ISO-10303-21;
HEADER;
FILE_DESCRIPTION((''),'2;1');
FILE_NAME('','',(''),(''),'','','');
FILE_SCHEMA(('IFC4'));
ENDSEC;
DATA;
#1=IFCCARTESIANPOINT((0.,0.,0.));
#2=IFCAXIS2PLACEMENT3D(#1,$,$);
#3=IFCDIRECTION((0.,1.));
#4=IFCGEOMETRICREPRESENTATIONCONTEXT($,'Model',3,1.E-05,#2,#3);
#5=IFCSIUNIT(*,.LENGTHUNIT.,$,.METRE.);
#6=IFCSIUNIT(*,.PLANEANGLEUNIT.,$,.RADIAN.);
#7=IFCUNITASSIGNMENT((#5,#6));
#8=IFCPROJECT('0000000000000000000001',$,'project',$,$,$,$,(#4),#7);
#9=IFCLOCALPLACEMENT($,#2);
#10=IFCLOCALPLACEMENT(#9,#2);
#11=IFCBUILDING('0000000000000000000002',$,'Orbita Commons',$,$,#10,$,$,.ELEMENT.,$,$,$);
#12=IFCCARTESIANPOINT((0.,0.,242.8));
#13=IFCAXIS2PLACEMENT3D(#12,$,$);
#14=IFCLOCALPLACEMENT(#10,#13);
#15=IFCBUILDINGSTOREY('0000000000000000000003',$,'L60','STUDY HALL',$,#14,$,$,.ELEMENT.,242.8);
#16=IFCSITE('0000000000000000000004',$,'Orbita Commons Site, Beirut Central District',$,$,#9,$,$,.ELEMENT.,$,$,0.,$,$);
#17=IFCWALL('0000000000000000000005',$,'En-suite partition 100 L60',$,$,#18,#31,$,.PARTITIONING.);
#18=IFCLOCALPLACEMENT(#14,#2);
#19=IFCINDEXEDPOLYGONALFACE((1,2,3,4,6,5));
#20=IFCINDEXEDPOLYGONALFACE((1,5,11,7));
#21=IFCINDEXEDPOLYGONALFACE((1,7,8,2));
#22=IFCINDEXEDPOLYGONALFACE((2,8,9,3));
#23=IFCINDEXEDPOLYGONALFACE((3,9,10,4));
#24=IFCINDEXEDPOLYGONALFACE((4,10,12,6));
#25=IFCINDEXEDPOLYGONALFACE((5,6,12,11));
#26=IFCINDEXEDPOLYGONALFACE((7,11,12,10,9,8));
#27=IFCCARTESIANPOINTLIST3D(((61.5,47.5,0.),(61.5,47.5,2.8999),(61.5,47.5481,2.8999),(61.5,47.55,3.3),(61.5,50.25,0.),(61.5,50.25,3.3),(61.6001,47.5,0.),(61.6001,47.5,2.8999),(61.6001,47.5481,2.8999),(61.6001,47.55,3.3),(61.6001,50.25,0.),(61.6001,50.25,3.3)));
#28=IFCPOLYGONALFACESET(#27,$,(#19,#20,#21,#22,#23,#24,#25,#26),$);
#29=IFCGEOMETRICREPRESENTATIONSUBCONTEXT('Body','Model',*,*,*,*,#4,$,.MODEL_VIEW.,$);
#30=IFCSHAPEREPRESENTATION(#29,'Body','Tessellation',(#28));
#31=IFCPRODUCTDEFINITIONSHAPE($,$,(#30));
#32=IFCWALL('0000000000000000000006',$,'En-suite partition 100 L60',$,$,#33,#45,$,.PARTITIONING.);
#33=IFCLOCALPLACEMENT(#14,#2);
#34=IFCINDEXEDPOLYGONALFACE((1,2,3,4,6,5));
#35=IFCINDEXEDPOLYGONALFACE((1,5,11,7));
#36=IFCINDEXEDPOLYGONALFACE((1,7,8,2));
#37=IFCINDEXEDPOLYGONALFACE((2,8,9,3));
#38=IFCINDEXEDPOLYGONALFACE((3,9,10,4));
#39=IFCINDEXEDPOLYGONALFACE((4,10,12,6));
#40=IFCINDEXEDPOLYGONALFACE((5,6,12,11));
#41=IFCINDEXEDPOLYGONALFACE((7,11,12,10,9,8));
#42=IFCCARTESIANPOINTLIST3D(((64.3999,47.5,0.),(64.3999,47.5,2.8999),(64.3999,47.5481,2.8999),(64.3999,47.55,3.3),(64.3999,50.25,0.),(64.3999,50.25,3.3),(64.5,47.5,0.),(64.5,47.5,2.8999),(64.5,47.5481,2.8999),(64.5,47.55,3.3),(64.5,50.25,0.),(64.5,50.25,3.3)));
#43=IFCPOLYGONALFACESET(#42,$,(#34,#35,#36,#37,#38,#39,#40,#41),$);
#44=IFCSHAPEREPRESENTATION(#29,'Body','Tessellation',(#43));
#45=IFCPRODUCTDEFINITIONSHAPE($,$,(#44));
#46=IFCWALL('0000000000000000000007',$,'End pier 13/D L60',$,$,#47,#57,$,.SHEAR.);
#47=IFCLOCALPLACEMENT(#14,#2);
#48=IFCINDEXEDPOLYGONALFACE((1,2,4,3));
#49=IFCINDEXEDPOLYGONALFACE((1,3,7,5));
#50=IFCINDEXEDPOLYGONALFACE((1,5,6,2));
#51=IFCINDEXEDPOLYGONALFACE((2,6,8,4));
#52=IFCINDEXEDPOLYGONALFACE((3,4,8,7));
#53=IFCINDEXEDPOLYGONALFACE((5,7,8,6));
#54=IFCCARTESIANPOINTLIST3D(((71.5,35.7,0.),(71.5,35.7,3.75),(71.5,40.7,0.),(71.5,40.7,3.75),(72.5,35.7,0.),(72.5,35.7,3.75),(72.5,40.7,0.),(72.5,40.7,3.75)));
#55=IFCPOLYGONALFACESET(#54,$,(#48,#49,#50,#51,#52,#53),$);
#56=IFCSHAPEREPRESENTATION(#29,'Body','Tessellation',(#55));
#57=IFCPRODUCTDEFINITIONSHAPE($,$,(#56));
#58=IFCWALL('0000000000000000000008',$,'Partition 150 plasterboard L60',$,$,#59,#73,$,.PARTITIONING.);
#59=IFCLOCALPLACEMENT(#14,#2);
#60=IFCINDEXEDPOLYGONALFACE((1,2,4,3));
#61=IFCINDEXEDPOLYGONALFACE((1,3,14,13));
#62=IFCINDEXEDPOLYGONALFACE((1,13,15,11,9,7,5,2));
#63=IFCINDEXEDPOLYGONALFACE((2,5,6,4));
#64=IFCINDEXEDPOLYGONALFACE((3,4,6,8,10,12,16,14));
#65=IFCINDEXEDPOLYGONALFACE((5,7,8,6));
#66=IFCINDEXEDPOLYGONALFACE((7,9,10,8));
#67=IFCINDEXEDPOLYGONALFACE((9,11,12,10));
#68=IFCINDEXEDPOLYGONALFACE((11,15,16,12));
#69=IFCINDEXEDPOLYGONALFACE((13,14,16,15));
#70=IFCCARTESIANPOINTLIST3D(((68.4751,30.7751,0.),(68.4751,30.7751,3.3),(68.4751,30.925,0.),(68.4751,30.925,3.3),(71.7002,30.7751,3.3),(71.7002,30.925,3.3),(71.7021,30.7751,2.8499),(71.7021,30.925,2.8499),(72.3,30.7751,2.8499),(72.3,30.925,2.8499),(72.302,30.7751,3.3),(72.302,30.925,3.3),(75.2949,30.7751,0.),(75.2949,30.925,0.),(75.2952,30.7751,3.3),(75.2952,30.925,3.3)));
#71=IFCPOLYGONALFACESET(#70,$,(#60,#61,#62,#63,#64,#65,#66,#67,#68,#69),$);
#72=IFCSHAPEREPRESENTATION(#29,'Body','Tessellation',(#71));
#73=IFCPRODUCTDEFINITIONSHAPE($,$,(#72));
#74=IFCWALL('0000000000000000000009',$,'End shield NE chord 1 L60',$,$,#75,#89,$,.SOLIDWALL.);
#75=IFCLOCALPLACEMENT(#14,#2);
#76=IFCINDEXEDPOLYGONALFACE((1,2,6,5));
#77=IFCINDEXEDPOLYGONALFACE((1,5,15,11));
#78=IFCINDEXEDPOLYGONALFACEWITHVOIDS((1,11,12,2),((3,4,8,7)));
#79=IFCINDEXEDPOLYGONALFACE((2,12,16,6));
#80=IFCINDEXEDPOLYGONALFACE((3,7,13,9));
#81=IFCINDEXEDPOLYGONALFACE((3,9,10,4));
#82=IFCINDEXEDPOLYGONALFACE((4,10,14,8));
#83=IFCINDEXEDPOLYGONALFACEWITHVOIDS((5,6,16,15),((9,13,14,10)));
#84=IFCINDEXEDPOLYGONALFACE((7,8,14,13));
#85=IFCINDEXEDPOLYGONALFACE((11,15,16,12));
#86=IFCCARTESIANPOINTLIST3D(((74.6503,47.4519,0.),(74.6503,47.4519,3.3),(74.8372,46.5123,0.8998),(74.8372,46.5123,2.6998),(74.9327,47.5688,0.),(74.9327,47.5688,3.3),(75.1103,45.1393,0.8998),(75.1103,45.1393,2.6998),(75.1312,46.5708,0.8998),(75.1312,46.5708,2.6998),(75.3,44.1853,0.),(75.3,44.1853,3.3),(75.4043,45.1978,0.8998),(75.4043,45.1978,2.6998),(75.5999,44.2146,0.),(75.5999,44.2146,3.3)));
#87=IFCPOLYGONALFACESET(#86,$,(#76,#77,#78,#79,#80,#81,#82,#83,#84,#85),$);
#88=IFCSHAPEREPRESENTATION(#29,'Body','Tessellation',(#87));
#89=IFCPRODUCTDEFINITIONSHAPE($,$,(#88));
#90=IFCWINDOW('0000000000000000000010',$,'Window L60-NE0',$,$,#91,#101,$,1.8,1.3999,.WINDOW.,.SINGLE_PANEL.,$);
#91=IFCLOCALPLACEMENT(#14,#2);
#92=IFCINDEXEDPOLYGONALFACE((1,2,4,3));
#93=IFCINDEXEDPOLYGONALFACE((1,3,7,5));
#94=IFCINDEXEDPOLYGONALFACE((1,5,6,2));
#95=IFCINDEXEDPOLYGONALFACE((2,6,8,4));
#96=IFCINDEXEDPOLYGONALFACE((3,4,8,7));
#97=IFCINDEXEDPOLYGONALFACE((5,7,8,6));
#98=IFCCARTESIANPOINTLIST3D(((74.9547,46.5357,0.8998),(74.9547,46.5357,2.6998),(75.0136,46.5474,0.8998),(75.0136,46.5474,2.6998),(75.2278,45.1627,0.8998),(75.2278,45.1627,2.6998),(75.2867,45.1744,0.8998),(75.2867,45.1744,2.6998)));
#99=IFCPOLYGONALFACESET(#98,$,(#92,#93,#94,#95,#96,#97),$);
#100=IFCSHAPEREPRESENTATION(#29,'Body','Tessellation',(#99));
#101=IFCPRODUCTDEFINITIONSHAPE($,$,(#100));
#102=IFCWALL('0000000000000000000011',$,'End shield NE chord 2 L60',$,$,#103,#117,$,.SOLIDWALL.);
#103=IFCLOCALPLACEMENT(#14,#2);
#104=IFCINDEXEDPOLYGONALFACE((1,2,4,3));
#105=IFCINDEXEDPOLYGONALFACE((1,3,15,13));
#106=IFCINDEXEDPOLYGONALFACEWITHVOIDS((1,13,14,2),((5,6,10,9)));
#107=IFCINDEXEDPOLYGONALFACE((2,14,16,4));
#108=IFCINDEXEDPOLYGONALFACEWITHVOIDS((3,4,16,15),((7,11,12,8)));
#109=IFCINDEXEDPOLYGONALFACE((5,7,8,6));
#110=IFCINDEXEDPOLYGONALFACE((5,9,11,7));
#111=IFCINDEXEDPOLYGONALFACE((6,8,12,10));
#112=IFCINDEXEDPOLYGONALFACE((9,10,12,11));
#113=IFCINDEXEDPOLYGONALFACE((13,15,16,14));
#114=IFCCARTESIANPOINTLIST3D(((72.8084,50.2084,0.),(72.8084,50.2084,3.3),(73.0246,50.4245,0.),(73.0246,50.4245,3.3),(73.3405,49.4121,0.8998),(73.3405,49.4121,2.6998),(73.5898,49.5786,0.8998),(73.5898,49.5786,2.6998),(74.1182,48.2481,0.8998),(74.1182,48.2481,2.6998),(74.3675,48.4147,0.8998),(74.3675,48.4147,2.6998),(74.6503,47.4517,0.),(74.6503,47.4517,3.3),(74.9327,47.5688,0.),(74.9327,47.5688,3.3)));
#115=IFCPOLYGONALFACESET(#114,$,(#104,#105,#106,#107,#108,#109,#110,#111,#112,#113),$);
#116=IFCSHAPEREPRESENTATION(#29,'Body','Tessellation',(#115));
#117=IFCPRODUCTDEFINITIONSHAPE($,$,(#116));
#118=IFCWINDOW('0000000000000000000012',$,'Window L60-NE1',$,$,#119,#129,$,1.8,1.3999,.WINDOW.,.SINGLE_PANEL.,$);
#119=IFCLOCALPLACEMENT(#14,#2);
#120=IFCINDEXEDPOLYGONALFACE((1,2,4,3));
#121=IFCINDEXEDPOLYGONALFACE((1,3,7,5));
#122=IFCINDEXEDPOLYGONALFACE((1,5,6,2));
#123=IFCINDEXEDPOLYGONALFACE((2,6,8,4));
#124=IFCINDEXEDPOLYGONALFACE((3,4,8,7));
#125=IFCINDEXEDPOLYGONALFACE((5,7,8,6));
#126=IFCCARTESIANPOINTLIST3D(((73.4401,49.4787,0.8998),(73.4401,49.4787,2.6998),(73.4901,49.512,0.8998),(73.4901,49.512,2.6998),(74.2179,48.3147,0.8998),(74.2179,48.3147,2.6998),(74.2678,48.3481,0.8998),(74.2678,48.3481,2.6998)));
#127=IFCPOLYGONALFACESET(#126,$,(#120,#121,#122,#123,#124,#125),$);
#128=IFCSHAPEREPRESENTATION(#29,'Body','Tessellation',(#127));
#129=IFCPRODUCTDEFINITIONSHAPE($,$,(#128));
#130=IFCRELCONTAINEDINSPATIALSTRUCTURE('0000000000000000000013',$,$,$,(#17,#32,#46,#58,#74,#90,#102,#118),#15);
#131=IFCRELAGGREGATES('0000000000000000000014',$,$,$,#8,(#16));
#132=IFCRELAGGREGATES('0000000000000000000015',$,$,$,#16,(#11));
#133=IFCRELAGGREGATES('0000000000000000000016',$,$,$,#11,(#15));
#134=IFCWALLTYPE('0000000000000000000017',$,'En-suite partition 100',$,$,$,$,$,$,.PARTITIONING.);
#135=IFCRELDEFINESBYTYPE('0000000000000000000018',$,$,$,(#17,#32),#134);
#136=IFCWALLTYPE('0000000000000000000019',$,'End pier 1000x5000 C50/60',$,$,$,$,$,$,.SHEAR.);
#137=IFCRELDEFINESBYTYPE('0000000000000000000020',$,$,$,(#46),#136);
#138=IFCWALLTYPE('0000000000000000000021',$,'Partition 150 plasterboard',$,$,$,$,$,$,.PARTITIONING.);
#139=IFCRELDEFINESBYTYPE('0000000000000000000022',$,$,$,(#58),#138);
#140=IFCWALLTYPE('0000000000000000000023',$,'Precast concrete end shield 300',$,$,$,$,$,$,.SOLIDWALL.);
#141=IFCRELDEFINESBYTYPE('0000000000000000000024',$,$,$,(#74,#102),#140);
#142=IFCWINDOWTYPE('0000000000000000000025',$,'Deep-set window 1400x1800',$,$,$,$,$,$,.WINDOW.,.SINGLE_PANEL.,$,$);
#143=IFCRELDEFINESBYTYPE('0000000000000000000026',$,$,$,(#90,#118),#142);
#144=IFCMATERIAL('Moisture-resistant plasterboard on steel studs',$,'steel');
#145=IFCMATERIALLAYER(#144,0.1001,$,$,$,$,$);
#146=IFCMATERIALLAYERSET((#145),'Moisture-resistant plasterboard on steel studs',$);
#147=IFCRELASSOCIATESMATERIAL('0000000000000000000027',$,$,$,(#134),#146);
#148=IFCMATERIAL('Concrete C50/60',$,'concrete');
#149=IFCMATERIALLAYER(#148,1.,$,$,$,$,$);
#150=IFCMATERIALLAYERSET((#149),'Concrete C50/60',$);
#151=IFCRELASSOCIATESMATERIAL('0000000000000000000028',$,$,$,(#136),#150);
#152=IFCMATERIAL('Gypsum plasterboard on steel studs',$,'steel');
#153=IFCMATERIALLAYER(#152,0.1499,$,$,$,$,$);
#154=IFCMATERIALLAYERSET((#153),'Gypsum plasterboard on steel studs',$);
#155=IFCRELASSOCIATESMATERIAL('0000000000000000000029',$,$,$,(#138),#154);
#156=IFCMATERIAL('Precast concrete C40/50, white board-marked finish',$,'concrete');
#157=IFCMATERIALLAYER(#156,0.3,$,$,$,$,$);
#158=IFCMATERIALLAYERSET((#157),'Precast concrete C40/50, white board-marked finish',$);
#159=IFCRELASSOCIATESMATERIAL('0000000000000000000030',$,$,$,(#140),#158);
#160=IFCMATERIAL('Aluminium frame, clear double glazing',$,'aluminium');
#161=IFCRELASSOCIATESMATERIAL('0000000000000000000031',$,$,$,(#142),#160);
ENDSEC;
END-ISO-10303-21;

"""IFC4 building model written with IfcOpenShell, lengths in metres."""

from ifc_helpers import new_model, si_unit, direction, frame, frame_2d, origin, place, context, subcontext, project, spatial, polyline, rectangle, outline, extrude, material, layer, layer_set, type_object, element, fill, save


model = new_model("IFC4")

# Units and contexts
model_context = context("Model", 3, precision=1e-05, world=origin(), true_north=direction((0.0, 1.0)))
body_context = subcontext(model_context, "Body", "Model", "MODEL_VIEW")
ifc_project = project(units=[si_unit("LENGTHUNIT", "METRE"), si_unit("PLANEANGLEUNIT", "RADIAN")], contexts=[model_context])

# Site, building, storey
site_placement = place(None, origin())
site = spatial("IfcSite", under=ifc_project, at=site_placement, Name="Orbita Commons Site, Beirut Central District", CompositionType="ELEMENT", RefElevation=0.0)
building_placement = place(site_placement, origin())
building = spatial("IfcBuilding", under=site, at=building_placement, Name="Orbita Commons", CompositionType="ELEMENT")
storey_placement = place(building_placement, frame((0.0, 0.0, 242.8)))
storey = spatial("IfcBuildingStorey", under=building, at=storey_placement, Name="L60", Description="STUDY HALL", CompositionType="ELEMENT", Elevation=242.8)

# Walls
ifc_material_1 = material(Name="Moisture-resistant plasterboard on steel studs", Category="steel")
ifc_layer_1 = layer(ifc_material_1, 0.1001)
ifc_layer_set_1 = layer_set([ifc_layer_1], Name="Moisture-resistant plasterboard on steel studs")
wall_type_1 = type_object("IfcWallType", Name="En-suite partition 100", PredefinedType="PARTITIONING", material=ifc_layer_set_1)
for number, where, z_axis, x_axis, name in (
    (1, (61.55, 50.25, 0.0), (0.0, 0.0, 1.0), (0.0, -1.0, 0.0), "En-suite partition 100 L60"),
    (2, (64.45, 50.25, 0.0), (0.0, 0.0, 1.0), (0.0, -1.0, 0.0), "En-suite partition 100 L60"),
):
    element("IfcWall", number, at=place(storey_placement, frame(where, z_axis=z_axis, x_axis=x_axis)), inside=storey, type_object=wall_type_1, Name=name, PredefinedType="PARTITIONING", context=body_context, shape_type="SweptSolid", body=[
        extrude(outline(polyline([(0.0, 0.0), (2.75, 0.0), (2.75, 2.8999), (2.7019, 2.8999), (2.7, 3.3), (0.0, 3.3), (0.0, 0.0)])), frame((0.0, 0.05, 0.0), z_axis=(0.0, -1.0, 0.0), x_axis=(1.0, 0.0, 0.0)), (0.0, 0.0, 1.0), 0.1001),
    ])
ifc_material_2 = material(Name="Concrete C50/60", Category="concrete")
ifc_layer_2 = layer(ifc_material_2, 1.0)
ifc_layer_set_2 = layer_set([ifc_layer_2], Name="Concrete C50/60")
wall_type_2 = type_object("IfcWallType", Name="End pier 1000x5000 C50/60", PredefinedType="SHEAR", material=ifc_layer_set_2)
wall_1_placement = place(storey_placement, frame((72.0, 35.7, 0.0), z_axis=(0.0, 0.0, 1.0), x_axis=(0.0, 1.0, 0.0)))
element("IfcWall", 3, at=wall_1_placement, inside=storey, type_object=wall_type_2, Name="End pier 13/D L60", PredefinedType="SHEAR", context=body_context, shape_type="SweptSolid", body=[
    extrude(rectangle(XDim=5.0, YDim=1.0, at=frame_2d((2.5, 0.0))), origin(), (0.0, 0.0, 1.0), 3.75),
])
ifc_material_3 = material(Name="Gypsum plasterboard on steel studs", Category="steel")
ifc_layer_3 = layer(ifc_material_3, 0.1499)
ifc_layer_set_3 = layer_set([ifc_layer_3], Name="Gypsum plasterboard on steel studs")
wall_type_3 = type_object("IfcWallType", Name="Partition 150 plasterboard", PredefinedType="PARTITIONING", material=ifc_layer_set_3)
wall_2_placement = place(storey_placement, frame((68.4751, 30.8501, 0.0), z_axis=(0.0, 0.0, 1.0), x_axis=(1.0, 0.0, 0.0)))
element("IfcWall", 4, at=wall_2_placement, inside=storey, type_object=wall_type_3, Name="Partition 150 plasterboard L60", PredefinedType="PARTITIONING", context=body_context, shape_type="SweptSolid", body=[
    extrude(outline(polyline([(0.0, 0.0), (6.8198, 0.0), (6.8201, 3.3), (3.8269, 3.3), (3.825, 2.8499), (3.2271, 2.8499), (3.2251, 3.3), (0.0, 3.3), (0.0, 0.0)])), frame((0.0, 0.075, 0.0), z_axis=(0.0, -1.0, 0.0), x_axis=(1.0, 0.0, 0.0)), (0.0, 0.0, 1.0), 0.1499),
])

# Walls, openings, windows
ifc_material_4 = material(Name="Precast concrete C40/50, white board-marked finish", Category="concrete")
ifc_layer_4 = layer(ifc_material_4, 0.3)
ifc_layer_set_4 = layer_set([ifc_layer_4], Name="Precast concrete C40/50, white board-marked finish")
wall_type_4 = type_object("IfcWallType", Name="Precast concrete end shield 300", PredefinedType="SOLIDWALL", material=ifc_layer_set_4)
wall_3_placement = place(storey_placement, frame((75.45, 44.2, 0.0), z_axis=(0.0, 0.0, 1.0), x_axis=(-0.195087, 0.980786, 0.0)))
wall_3 = element("IfcWall", 5, at=wall_3_placement, inside=storey, type_object=wall_type_4, Name="End shield NE chord 1 L60", PredefinedType="SOLIDWALL", context=body_context, shape_type="SweptSolid", body=[
    extrude(outline(polyline([(-0.0149, -0.1499), (3.405, -0.1499), (3.3455, 0.1499), (0.0149, 0.1499), (-0.0149, -0.1499)])), origin(), (0.0, 0.0, 1.0), 3.3),
])
opening_1_placement = place(wall_3_placement, frame((0.9875, 0.0, 0.8999)))
opening_1 = element("IfcOpeningElement", 6, at=opening_1_placement, cuts=wall_3, PredefinedType="OPENING", context=body_context, shape_type="SweptSolid", body=[
    extrude(rectangle(XDim=1.3999, YDim=1.8, at=frame_2d((0.7, 0.8999))), frame((0.0, 0.1599, 0.0), z_axis=(0.0, -1.0, 0.0), x_axis=(1.0, 0.0, 0.0)), (0.0, 0.0, 1.0), 0.3201),
])
ifc_material_5 = material(Name="Aluminium frame, clear double glazing", Category="aluminium")
window_type = type_object("IfcWindowType", Name="Deep-set window 1400x1800", PartitioningType="SINGLE_PANEL", PredefinedType="WINDOW", material=ifc_material_5)
window_1_placement = place(opening_1_placement, origin())
window_1 = element("IfcWindow", 7, at=window_1_placement, inside=storey, type_object=window_type, Name="Window L60-NE0", OverallHeight=1.8, OverallWidth=1.3999, PartitioningType="SINGLE_PANEL", PredefinedType="WINDOW", context=body_context, shape_type="SweptSolid", body=[
    extrude(rectangle(XDim=1.3999, YDim=1.8, at=frame_2d((0.7, 0.8999))), frame((0.0, 0.03, 0.0), z_axis=(0.0, -1.0, 0.0), x_axis=(1.0, 0.0, 0.0)), (0.0, 0.0, 1.0), 0.0601),
])
fill(opening_1, window_1)
wall_4_placement = place(storey_placement, frame((74.7915, 47.5103, 0.0), z_axis=(0.0, 0.0, 1.0), x_axis=(-0.555568, 0.831471, 0.0)))
wall_4 = element("IfcWall", 8, at=wall_4_placement, inside=storey, type_object=wall_type_4, Name="End shield NE chord 2 L60", PredefinedType="SOLIDWALL", context=body_context, shape_type="SweptSolid", body=[
    extrude(outline(polyline([(-0.0298, -0.1499), (3.4048, -0.1499), (3.3452, 0.1499), (0.0298, 0.1499), (-0.0298, -0.1499)])), origin(), (0.0, 0.0, 1.0), 3.3),
])
opening_2_placement = place(wall_4_placement, frame((0.9875, 0.0, 0.8999)))
opening_2 = element("IfcOpeningElement", 9, at=opening_2_placement, cuts=wall_4, PredefinedType="OPENING", context=body_context, shape_type="SweptSolid", body=[
    extrude(rectangle(XDim=1.3999, YDim=1.8, at=frame_2d((0.7, 0.8999))), frame((0.0, 0.1599, 0.0), z_axis=(0.0, -1.0, 0.0), x_axis=(1.0, 0.0, 0.0)), (0.0, 0.0, 1.0), 0.3201),
])
window_2_placement = place(opening_2_placement, origin())
window_2 = element("IfcWindow", 10, at=window_2_placement, inside=storey, type_object=window_type, Name="Window L60-NE1", OverallHeight=1.8, OverallWidth=1.3999, PartitioningType="SINGLE_PANEL", PredefinedType="WINDOW", context=body_context, shape_type="SweptSolid", body=[
    extrude(rectangle(XDim=1.3999, YDim=1.8, at=frame_2d((0.7, 0.8999))), frame((0.0, 0.03, 0.0), z_axis=(0.0, -1.0, 0.0), x_axis=(1.0, 0.0, 0.0)), (0.0, 0.0, 1.0), 0.0601),
])
fill(opening_2, window_2)

save(model, "model.ifc")
